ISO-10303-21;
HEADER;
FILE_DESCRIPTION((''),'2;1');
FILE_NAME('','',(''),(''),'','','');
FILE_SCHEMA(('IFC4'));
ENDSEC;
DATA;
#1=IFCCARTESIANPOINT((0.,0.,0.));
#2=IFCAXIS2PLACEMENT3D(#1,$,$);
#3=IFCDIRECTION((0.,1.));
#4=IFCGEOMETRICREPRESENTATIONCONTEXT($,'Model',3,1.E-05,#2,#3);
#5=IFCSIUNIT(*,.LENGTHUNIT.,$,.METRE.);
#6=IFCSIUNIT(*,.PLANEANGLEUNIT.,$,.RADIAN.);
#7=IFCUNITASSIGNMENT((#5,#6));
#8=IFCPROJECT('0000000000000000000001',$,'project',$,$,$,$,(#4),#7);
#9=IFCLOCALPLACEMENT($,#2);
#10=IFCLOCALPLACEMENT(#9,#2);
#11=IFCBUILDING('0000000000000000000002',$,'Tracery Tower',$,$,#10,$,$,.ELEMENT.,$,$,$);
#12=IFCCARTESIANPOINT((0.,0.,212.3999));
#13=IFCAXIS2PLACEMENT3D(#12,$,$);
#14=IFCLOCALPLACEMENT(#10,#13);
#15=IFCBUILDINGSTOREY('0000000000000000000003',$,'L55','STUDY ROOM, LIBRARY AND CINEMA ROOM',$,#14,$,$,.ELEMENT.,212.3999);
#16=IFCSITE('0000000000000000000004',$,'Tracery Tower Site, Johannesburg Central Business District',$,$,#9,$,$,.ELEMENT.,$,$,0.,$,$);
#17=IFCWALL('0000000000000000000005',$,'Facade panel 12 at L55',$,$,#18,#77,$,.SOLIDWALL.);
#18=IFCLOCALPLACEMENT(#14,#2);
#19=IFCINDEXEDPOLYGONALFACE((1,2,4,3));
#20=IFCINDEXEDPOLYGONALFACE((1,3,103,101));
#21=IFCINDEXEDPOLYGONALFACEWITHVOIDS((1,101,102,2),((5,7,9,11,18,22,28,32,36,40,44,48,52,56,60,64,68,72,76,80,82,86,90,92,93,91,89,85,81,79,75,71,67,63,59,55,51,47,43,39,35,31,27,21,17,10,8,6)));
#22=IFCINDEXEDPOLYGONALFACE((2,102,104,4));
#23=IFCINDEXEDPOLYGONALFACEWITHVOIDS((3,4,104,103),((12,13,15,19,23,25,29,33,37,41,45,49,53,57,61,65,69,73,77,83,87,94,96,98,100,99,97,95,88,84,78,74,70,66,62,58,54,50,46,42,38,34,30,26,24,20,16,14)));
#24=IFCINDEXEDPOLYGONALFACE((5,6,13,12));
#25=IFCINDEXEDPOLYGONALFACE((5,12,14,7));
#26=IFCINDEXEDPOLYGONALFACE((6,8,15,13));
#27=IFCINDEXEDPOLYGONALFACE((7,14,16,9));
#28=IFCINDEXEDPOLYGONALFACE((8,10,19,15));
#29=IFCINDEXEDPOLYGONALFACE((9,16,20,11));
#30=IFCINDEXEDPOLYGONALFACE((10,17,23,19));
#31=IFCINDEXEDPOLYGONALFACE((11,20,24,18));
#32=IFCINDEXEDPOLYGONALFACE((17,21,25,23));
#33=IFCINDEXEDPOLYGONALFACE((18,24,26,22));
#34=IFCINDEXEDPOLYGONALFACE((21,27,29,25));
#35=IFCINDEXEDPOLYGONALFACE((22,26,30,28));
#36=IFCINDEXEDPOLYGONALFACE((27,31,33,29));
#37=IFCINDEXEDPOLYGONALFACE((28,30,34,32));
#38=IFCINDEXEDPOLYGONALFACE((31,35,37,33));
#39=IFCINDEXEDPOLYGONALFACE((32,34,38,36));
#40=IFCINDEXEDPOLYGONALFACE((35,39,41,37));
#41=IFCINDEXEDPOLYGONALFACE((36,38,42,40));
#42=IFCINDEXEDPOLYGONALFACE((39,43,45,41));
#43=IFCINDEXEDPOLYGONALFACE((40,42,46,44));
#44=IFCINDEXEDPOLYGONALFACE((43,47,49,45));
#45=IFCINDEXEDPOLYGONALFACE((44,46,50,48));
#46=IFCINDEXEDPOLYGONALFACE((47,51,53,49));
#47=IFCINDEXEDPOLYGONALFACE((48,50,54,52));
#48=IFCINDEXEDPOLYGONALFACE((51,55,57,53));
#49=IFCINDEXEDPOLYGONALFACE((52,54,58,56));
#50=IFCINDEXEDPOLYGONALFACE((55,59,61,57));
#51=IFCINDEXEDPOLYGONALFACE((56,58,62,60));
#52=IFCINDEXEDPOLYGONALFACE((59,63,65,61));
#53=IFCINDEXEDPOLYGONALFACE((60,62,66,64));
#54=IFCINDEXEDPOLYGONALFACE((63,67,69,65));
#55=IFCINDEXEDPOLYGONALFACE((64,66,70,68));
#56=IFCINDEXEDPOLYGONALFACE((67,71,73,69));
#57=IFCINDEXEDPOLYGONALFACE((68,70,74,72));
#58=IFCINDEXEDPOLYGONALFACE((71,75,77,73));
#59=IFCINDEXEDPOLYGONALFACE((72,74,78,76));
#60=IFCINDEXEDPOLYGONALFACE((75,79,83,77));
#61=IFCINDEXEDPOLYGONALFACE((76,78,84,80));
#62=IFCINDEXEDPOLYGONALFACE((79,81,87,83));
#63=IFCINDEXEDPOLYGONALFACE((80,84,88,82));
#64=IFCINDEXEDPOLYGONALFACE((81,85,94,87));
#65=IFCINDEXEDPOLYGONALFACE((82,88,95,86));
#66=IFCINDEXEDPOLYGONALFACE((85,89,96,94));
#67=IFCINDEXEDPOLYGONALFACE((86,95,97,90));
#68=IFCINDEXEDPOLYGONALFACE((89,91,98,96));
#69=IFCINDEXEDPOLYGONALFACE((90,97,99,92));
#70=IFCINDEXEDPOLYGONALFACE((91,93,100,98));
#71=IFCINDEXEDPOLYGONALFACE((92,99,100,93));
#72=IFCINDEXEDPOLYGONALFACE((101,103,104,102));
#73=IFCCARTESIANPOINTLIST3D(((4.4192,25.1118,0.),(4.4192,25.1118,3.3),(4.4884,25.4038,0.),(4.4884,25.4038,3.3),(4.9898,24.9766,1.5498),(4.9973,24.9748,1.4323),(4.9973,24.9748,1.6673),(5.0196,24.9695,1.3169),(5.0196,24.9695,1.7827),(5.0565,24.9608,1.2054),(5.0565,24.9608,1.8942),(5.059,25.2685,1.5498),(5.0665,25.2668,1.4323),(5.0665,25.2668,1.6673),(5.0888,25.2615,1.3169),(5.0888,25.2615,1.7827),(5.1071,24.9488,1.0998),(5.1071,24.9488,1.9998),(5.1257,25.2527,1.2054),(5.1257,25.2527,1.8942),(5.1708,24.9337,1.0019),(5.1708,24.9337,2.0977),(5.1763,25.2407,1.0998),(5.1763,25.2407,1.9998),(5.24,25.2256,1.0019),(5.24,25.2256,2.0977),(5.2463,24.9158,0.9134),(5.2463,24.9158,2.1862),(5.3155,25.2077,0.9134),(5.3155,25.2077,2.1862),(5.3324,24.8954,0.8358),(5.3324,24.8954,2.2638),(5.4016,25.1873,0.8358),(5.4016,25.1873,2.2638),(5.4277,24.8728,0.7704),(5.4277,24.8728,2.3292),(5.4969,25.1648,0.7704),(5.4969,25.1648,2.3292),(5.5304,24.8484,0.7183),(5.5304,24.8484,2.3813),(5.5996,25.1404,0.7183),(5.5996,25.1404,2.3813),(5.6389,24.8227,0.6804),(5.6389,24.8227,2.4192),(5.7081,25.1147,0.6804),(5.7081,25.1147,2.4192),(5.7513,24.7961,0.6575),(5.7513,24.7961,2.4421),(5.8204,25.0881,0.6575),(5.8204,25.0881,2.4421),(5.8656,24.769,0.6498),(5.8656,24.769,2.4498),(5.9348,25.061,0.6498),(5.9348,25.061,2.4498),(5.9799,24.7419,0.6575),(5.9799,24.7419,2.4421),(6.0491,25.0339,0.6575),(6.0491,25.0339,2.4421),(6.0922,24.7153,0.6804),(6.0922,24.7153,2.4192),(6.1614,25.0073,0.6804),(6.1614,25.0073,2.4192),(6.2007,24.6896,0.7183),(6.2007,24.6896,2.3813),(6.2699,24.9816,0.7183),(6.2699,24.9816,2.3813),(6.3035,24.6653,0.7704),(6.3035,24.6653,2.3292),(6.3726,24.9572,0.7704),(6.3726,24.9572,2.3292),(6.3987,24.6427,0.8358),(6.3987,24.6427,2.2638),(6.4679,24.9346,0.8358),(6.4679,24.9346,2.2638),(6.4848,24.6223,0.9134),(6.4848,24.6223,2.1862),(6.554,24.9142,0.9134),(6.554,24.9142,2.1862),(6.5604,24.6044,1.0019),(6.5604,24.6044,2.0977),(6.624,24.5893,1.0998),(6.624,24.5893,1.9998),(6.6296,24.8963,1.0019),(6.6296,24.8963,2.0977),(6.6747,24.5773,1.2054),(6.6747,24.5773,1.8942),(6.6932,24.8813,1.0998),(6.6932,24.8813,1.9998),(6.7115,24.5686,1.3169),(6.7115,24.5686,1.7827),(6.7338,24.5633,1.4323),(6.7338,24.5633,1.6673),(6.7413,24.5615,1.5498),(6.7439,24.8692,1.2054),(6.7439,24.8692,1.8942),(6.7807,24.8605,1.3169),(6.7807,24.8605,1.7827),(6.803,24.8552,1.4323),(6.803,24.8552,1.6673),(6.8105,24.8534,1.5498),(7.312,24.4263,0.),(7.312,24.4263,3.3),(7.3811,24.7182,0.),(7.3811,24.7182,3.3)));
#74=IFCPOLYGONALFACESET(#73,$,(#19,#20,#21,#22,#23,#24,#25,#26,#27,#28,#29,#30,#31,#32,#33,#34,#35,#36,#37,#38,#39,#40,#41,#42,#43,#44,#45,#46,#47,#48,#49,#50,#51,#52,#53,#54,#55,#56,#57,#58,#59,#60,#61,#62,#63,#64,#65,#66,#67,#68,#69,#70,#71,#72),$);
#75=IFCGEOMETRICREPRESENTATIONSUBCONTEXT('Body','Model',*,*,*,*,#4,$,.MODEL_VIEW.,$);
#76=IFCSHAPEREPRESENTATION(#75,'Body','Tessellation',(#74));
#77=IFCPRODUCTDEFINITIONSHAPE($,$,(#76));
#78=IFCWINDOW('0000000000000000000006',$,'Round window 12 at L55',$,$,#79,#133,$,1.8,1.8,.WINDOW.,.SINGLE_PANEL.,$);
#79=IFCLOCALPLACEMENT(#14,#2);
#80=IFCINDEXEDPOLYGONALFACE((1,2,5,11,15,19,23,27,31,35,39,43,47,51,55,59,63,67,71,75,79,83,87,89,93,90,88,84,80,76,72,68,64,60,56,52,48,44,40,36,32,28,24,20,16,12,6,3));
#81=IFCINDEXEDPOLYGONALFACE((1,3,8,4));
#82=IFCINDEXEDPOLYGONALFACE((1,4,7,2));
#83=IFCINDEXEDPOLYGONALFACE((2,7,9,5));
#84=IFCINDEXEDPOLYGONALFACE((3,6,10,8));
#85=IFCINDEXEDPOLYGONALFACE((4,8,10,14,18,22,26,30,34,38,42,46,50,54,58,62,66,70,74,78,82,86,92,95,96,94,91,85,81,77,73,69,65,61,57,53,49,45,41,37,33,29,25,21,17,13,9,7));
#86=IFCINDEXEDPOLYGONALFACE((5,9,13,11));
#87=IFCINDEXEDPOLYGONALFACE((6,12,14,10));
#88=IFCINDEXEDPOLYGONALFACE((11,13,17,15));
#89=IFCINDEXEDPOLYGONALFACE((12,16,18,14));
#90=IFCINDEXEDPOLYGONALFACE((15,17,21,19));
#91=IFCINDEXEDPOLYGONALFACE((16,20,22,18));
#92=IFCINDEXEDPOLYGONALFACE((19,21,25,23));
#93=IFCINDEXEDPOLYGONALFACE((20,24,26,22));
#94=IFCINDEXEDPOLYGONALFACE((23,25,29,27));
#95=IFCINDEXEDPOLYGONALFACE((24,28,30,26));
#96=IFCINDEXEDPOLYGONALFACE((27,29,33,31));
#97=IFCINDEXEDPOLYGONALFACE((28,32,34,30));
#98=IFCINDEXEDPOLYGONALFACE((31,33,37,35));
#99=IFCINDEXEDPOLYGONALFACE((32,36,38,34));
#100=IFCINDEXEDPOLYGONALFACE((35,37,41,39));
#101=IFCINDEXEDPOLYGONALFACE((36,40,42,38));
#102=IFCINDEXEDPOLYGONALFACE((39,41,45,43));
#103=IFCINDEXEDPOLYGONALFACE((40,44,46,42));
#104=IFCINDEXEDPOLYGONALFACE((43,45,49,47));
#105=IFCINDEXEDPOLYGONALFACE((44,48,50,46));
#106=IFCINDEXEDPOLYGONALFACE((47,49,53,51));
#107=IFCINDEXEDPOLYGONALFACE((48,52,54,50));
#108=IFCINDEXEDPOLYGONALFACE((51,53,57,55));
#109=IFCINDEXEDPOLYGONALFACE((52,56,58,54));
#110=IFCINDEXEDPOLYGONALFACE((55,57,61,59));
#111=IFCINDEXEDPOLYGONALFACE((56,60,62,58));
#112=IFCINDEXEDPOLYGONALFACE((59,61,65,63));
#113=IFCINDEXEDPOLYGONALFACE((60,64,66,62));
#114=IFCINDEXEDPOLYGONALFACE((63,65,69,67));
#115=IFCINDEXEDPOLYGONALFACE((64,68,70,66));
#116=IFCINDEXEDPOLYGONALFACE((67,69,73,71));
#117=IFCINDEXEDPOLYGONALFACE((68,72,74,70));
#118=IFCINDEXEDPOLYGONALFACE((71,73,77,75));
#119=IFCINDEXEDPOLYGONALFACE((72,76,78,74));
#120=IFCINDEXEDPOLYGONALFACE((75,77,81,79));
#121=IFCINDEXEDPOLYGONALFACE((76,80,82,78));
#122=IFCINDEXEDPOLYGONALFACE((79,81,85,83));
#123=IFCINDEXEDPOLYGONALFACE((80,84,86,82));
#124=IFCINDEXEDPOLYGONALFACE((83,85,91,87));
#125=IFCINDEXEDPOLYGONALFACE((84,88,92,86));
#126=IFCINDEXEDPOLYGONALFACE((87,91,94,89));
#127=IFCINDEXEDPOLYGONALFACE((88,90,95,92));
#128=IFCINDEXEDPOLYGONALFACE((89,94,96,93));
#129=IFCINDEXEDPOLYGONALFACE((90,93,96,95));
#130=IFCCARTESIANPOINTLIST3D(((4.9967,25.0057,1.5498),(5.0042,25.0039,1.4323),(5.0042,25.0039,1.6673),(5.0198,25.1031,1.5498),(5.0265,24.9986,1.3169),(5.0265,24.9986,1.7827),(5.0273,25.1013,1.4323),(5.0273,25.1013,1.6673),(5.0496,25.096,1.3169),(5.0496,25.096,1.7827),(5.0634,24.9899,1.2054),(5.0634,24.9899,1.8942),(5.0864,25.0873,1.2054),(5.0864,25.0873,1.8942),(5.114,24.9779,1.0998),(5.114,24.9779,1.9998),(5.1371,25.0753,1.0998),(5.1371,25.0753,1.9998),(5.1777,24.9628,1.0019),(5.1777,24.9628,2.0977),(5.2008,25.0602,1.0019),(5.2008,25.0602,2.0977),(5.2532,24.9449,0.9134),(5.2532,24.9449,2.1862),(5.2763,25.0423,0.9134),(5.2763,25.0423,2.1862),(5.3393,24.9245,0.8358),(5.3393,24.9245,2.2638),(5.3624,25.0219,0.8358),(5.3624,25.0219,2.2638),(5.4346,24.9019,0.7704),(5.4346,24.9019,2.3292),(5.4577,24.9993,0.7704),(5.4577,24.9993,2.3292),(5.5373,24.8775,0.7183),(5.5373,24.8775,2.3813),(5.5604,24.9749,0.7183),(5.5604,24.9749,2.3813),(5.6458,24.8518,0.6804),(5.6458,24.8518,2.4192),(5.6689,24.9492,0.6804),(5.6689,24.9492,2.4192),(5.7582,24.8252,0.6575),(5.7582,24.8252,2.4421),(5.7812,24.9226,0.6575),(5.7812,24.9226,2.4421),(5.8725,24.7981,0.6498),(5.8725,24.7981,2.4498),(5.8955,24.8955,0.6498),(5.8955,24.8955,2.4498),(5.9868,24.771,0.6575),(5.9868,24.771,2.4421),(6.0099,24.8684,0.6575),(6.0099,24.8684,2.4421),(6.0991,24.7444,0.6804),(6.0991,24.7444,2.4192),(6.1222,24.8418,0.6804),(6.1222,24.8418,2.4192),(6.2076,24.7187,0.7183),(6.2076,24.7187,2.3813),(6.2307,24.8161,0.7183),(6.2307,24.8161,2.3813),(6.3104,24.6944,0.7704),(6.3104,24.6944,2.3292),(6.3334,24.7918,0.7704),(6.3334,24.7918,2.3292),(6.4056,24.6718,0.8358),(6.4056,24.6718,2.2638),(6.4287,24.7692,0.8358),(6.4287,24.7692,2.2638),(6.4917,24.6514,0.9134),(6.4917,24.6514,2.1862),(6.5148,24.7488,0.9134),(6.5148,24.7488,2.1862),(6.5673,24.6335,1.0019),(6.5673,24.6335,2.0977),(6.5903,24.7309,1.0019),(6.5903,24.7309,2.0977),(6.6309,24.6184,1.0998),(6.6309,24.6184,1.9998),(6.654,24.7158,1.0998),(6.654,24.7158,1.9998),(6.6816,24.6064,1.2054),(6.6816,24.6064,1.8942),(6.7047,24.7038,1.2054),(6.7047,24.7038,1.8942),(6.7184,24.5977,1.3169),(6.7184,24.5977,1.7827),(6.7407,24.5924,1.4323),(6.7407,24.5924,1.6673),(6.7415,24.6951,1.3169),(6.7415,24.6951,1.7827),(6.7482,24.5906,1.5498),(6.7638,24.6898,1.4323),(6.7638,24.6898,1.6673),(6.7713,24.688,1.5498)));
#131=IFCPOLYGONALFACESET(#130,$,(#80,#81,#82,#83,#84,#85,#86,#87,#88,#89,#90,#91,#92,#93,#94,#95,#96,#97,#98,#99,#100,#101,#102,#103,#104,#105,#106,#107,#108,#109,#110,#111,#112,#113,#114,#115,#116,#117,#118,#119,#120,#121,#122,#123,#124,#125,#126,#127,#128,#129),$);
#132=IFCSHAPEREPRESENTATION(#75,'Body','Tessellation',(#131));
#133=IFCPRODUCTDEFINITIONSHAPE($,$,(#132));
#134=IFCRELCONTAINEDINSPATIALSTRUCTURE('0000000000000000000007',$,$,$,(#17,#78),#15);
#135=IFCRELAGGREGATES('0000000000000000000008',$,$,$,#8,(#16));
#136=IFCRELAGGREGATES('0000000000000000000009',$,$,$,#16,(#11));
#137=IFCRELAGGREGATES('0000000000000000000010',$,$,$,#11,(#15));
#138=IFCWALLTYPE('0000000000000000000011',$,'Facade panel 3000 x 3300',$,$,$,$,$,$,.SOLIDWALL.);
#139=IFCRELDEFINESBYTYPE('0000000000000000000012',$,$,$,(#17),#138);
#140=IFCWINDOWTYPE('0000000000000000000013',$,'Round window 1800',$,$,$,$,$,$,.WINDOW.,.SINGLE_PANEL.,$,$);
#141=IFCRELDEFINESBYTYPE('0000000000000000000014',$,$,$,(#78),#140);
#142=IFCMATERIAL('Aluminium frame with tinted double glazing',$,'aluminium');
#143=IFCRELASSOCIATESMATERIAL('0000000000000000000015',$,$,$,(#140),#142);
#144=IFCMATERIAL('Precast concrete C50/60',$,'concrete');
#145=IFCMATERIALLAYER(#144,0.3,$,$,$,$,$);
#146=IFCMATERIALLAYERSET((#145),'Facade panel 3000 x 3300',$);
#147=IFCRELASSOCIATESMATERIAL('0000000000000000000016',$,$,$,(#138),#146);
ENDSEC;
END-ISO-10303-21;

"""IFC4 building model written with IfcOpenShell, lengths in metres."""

from ifc_helpers import new_model, si_unit, direction, frame, frame_2d, origin, origin_2d, place, context, subcontext, project, spatial, rectangle, circle, extrude, material, layer, layer_set, type_object, element, fill, save


model = new_model("IFC4")

# Units and contexts
model_context = context("Model", 3, precision=1e-05, world=origin(), true_north=direction((0.0, 1.0)))
body_context = subcontext(model_context, "Body", "Model", "MODEL_VIEW")
ifc_project = project(units=[si_unit("LENGTHUNIT", "METRE"), si_unit("PLANEANGLEUNIT", "RADIAN")], contexts=[model_context])

# Site, building, storey
site_placement = place(None, origin())
site = spatial("IfcSite", under=ifc_project, at=site_placement, Name="Tracery Tower Site, Johannesburg Central Business District", CompositionType="ELEMENT", RefElevation=0.0)
building_placement = place(site_placement, origin())
building = spatial("IfcBuilding", under=site, at=building_placement, Name="Tracery Tower", CompositionType="ELEMENT")
storey_placement = place(building_placement, frame((0.0, 0.0, 212.3999)))
storey = spatial("IfcBuildingStorey", under=building, at=storey_placement, Name="L55", Description="STUDY ROOM, LIBRARY AND CINEMA ROOM", CompositionType="ELEMENT", Elevation=212.3999)

# Wall, opening, window
ifc_material_1 = material(Name="Aluminium frame with tinted double glazing", Category="aluminium")
window_type = type_object("IfcWindowType", Name="Round window 1800", PartitioningType="SINGLE_PANEL", PredefinedType="WINDOW", material=ifc_material_1)
ifc_material_2 = material(Name="Precast concrete C50/60", Category="concrete")
ifc_layer_1 = layer(ifc_material_2, 0.3)
ifc_layer_set_1 = layer_set([ifc_layer_1], Name="Facade panel 3000 x 3300")
wall_type_1 = type_object("IfcWallType", Name="Facade panel 3000 x 3300", PredefinedType="SOLIDWALL", material=ifc_layer_set_1)
wall_1_placement = place(storey_placement, frame((7.3464, 24.5723, 0.0), z_axis=(0.0, 0.0, 1.0), x_axis=(-0.97305, 0.230595, 0.0)))
wall_1 = element("IfcWall", 1, at=wall_1_placement, inside=storey, type_object=wall_type_1, Name="Facade panel 12 at L55", PredefinedType="SOLIDWALL", context=body_context, shape_type="SweptSolid", body=[
    extrude(rectangle(XDim=2.9729, YDim=0.3, at=frame_2d((1.4863, 0.0))), origin(), (0.0, 0.0, 1.0), 3.3),
])
opening_1_placement = place(wall_1_placement, frame((1.4863, 0.0, 1.5498)))
opening_1 = element("IfcOpeningElement", 2, at=opening_1_placement, cuts=wall_1, PredefinedType="OPENING", context=body_context, shape_type="SweptSolid", body=[
    extrude(circle(Radius=0.9, at=origin_2d()), frame((0.0, 0.1599, 0.0), z_axis=(0.0, -1.0, 0.0), x_axis=(1.0, 0.0, 0.0)), (0.0, 0.0, 1.0), 0.3201),
])
window_1_placement = place(opening_1_placement, origin())
window_1 = element("IfcWindow", 3, at=window_1_placement, inside=storey, type_object=window_type, Name="Round window 12 at L55", OverallHeight=1.8, OverallWidth=1.8, PartitioningType="SINGLE_PANEL", PredefinedType="WINDOW", context=body_context, shape_type="SweptSolid", body=[
    extrude(circle(Radius=0.9, at=origin_2d()), frame((0.0, 0.1201, 0.0), z_axis=(0.0, -1.0, 0.0), x_axis=(1.0, 0.0, 0.0)), (0.0, 0.0, 1.0), 0.1001),
])
fill(opening_1, window_1)

save(model, "model.ifc")
